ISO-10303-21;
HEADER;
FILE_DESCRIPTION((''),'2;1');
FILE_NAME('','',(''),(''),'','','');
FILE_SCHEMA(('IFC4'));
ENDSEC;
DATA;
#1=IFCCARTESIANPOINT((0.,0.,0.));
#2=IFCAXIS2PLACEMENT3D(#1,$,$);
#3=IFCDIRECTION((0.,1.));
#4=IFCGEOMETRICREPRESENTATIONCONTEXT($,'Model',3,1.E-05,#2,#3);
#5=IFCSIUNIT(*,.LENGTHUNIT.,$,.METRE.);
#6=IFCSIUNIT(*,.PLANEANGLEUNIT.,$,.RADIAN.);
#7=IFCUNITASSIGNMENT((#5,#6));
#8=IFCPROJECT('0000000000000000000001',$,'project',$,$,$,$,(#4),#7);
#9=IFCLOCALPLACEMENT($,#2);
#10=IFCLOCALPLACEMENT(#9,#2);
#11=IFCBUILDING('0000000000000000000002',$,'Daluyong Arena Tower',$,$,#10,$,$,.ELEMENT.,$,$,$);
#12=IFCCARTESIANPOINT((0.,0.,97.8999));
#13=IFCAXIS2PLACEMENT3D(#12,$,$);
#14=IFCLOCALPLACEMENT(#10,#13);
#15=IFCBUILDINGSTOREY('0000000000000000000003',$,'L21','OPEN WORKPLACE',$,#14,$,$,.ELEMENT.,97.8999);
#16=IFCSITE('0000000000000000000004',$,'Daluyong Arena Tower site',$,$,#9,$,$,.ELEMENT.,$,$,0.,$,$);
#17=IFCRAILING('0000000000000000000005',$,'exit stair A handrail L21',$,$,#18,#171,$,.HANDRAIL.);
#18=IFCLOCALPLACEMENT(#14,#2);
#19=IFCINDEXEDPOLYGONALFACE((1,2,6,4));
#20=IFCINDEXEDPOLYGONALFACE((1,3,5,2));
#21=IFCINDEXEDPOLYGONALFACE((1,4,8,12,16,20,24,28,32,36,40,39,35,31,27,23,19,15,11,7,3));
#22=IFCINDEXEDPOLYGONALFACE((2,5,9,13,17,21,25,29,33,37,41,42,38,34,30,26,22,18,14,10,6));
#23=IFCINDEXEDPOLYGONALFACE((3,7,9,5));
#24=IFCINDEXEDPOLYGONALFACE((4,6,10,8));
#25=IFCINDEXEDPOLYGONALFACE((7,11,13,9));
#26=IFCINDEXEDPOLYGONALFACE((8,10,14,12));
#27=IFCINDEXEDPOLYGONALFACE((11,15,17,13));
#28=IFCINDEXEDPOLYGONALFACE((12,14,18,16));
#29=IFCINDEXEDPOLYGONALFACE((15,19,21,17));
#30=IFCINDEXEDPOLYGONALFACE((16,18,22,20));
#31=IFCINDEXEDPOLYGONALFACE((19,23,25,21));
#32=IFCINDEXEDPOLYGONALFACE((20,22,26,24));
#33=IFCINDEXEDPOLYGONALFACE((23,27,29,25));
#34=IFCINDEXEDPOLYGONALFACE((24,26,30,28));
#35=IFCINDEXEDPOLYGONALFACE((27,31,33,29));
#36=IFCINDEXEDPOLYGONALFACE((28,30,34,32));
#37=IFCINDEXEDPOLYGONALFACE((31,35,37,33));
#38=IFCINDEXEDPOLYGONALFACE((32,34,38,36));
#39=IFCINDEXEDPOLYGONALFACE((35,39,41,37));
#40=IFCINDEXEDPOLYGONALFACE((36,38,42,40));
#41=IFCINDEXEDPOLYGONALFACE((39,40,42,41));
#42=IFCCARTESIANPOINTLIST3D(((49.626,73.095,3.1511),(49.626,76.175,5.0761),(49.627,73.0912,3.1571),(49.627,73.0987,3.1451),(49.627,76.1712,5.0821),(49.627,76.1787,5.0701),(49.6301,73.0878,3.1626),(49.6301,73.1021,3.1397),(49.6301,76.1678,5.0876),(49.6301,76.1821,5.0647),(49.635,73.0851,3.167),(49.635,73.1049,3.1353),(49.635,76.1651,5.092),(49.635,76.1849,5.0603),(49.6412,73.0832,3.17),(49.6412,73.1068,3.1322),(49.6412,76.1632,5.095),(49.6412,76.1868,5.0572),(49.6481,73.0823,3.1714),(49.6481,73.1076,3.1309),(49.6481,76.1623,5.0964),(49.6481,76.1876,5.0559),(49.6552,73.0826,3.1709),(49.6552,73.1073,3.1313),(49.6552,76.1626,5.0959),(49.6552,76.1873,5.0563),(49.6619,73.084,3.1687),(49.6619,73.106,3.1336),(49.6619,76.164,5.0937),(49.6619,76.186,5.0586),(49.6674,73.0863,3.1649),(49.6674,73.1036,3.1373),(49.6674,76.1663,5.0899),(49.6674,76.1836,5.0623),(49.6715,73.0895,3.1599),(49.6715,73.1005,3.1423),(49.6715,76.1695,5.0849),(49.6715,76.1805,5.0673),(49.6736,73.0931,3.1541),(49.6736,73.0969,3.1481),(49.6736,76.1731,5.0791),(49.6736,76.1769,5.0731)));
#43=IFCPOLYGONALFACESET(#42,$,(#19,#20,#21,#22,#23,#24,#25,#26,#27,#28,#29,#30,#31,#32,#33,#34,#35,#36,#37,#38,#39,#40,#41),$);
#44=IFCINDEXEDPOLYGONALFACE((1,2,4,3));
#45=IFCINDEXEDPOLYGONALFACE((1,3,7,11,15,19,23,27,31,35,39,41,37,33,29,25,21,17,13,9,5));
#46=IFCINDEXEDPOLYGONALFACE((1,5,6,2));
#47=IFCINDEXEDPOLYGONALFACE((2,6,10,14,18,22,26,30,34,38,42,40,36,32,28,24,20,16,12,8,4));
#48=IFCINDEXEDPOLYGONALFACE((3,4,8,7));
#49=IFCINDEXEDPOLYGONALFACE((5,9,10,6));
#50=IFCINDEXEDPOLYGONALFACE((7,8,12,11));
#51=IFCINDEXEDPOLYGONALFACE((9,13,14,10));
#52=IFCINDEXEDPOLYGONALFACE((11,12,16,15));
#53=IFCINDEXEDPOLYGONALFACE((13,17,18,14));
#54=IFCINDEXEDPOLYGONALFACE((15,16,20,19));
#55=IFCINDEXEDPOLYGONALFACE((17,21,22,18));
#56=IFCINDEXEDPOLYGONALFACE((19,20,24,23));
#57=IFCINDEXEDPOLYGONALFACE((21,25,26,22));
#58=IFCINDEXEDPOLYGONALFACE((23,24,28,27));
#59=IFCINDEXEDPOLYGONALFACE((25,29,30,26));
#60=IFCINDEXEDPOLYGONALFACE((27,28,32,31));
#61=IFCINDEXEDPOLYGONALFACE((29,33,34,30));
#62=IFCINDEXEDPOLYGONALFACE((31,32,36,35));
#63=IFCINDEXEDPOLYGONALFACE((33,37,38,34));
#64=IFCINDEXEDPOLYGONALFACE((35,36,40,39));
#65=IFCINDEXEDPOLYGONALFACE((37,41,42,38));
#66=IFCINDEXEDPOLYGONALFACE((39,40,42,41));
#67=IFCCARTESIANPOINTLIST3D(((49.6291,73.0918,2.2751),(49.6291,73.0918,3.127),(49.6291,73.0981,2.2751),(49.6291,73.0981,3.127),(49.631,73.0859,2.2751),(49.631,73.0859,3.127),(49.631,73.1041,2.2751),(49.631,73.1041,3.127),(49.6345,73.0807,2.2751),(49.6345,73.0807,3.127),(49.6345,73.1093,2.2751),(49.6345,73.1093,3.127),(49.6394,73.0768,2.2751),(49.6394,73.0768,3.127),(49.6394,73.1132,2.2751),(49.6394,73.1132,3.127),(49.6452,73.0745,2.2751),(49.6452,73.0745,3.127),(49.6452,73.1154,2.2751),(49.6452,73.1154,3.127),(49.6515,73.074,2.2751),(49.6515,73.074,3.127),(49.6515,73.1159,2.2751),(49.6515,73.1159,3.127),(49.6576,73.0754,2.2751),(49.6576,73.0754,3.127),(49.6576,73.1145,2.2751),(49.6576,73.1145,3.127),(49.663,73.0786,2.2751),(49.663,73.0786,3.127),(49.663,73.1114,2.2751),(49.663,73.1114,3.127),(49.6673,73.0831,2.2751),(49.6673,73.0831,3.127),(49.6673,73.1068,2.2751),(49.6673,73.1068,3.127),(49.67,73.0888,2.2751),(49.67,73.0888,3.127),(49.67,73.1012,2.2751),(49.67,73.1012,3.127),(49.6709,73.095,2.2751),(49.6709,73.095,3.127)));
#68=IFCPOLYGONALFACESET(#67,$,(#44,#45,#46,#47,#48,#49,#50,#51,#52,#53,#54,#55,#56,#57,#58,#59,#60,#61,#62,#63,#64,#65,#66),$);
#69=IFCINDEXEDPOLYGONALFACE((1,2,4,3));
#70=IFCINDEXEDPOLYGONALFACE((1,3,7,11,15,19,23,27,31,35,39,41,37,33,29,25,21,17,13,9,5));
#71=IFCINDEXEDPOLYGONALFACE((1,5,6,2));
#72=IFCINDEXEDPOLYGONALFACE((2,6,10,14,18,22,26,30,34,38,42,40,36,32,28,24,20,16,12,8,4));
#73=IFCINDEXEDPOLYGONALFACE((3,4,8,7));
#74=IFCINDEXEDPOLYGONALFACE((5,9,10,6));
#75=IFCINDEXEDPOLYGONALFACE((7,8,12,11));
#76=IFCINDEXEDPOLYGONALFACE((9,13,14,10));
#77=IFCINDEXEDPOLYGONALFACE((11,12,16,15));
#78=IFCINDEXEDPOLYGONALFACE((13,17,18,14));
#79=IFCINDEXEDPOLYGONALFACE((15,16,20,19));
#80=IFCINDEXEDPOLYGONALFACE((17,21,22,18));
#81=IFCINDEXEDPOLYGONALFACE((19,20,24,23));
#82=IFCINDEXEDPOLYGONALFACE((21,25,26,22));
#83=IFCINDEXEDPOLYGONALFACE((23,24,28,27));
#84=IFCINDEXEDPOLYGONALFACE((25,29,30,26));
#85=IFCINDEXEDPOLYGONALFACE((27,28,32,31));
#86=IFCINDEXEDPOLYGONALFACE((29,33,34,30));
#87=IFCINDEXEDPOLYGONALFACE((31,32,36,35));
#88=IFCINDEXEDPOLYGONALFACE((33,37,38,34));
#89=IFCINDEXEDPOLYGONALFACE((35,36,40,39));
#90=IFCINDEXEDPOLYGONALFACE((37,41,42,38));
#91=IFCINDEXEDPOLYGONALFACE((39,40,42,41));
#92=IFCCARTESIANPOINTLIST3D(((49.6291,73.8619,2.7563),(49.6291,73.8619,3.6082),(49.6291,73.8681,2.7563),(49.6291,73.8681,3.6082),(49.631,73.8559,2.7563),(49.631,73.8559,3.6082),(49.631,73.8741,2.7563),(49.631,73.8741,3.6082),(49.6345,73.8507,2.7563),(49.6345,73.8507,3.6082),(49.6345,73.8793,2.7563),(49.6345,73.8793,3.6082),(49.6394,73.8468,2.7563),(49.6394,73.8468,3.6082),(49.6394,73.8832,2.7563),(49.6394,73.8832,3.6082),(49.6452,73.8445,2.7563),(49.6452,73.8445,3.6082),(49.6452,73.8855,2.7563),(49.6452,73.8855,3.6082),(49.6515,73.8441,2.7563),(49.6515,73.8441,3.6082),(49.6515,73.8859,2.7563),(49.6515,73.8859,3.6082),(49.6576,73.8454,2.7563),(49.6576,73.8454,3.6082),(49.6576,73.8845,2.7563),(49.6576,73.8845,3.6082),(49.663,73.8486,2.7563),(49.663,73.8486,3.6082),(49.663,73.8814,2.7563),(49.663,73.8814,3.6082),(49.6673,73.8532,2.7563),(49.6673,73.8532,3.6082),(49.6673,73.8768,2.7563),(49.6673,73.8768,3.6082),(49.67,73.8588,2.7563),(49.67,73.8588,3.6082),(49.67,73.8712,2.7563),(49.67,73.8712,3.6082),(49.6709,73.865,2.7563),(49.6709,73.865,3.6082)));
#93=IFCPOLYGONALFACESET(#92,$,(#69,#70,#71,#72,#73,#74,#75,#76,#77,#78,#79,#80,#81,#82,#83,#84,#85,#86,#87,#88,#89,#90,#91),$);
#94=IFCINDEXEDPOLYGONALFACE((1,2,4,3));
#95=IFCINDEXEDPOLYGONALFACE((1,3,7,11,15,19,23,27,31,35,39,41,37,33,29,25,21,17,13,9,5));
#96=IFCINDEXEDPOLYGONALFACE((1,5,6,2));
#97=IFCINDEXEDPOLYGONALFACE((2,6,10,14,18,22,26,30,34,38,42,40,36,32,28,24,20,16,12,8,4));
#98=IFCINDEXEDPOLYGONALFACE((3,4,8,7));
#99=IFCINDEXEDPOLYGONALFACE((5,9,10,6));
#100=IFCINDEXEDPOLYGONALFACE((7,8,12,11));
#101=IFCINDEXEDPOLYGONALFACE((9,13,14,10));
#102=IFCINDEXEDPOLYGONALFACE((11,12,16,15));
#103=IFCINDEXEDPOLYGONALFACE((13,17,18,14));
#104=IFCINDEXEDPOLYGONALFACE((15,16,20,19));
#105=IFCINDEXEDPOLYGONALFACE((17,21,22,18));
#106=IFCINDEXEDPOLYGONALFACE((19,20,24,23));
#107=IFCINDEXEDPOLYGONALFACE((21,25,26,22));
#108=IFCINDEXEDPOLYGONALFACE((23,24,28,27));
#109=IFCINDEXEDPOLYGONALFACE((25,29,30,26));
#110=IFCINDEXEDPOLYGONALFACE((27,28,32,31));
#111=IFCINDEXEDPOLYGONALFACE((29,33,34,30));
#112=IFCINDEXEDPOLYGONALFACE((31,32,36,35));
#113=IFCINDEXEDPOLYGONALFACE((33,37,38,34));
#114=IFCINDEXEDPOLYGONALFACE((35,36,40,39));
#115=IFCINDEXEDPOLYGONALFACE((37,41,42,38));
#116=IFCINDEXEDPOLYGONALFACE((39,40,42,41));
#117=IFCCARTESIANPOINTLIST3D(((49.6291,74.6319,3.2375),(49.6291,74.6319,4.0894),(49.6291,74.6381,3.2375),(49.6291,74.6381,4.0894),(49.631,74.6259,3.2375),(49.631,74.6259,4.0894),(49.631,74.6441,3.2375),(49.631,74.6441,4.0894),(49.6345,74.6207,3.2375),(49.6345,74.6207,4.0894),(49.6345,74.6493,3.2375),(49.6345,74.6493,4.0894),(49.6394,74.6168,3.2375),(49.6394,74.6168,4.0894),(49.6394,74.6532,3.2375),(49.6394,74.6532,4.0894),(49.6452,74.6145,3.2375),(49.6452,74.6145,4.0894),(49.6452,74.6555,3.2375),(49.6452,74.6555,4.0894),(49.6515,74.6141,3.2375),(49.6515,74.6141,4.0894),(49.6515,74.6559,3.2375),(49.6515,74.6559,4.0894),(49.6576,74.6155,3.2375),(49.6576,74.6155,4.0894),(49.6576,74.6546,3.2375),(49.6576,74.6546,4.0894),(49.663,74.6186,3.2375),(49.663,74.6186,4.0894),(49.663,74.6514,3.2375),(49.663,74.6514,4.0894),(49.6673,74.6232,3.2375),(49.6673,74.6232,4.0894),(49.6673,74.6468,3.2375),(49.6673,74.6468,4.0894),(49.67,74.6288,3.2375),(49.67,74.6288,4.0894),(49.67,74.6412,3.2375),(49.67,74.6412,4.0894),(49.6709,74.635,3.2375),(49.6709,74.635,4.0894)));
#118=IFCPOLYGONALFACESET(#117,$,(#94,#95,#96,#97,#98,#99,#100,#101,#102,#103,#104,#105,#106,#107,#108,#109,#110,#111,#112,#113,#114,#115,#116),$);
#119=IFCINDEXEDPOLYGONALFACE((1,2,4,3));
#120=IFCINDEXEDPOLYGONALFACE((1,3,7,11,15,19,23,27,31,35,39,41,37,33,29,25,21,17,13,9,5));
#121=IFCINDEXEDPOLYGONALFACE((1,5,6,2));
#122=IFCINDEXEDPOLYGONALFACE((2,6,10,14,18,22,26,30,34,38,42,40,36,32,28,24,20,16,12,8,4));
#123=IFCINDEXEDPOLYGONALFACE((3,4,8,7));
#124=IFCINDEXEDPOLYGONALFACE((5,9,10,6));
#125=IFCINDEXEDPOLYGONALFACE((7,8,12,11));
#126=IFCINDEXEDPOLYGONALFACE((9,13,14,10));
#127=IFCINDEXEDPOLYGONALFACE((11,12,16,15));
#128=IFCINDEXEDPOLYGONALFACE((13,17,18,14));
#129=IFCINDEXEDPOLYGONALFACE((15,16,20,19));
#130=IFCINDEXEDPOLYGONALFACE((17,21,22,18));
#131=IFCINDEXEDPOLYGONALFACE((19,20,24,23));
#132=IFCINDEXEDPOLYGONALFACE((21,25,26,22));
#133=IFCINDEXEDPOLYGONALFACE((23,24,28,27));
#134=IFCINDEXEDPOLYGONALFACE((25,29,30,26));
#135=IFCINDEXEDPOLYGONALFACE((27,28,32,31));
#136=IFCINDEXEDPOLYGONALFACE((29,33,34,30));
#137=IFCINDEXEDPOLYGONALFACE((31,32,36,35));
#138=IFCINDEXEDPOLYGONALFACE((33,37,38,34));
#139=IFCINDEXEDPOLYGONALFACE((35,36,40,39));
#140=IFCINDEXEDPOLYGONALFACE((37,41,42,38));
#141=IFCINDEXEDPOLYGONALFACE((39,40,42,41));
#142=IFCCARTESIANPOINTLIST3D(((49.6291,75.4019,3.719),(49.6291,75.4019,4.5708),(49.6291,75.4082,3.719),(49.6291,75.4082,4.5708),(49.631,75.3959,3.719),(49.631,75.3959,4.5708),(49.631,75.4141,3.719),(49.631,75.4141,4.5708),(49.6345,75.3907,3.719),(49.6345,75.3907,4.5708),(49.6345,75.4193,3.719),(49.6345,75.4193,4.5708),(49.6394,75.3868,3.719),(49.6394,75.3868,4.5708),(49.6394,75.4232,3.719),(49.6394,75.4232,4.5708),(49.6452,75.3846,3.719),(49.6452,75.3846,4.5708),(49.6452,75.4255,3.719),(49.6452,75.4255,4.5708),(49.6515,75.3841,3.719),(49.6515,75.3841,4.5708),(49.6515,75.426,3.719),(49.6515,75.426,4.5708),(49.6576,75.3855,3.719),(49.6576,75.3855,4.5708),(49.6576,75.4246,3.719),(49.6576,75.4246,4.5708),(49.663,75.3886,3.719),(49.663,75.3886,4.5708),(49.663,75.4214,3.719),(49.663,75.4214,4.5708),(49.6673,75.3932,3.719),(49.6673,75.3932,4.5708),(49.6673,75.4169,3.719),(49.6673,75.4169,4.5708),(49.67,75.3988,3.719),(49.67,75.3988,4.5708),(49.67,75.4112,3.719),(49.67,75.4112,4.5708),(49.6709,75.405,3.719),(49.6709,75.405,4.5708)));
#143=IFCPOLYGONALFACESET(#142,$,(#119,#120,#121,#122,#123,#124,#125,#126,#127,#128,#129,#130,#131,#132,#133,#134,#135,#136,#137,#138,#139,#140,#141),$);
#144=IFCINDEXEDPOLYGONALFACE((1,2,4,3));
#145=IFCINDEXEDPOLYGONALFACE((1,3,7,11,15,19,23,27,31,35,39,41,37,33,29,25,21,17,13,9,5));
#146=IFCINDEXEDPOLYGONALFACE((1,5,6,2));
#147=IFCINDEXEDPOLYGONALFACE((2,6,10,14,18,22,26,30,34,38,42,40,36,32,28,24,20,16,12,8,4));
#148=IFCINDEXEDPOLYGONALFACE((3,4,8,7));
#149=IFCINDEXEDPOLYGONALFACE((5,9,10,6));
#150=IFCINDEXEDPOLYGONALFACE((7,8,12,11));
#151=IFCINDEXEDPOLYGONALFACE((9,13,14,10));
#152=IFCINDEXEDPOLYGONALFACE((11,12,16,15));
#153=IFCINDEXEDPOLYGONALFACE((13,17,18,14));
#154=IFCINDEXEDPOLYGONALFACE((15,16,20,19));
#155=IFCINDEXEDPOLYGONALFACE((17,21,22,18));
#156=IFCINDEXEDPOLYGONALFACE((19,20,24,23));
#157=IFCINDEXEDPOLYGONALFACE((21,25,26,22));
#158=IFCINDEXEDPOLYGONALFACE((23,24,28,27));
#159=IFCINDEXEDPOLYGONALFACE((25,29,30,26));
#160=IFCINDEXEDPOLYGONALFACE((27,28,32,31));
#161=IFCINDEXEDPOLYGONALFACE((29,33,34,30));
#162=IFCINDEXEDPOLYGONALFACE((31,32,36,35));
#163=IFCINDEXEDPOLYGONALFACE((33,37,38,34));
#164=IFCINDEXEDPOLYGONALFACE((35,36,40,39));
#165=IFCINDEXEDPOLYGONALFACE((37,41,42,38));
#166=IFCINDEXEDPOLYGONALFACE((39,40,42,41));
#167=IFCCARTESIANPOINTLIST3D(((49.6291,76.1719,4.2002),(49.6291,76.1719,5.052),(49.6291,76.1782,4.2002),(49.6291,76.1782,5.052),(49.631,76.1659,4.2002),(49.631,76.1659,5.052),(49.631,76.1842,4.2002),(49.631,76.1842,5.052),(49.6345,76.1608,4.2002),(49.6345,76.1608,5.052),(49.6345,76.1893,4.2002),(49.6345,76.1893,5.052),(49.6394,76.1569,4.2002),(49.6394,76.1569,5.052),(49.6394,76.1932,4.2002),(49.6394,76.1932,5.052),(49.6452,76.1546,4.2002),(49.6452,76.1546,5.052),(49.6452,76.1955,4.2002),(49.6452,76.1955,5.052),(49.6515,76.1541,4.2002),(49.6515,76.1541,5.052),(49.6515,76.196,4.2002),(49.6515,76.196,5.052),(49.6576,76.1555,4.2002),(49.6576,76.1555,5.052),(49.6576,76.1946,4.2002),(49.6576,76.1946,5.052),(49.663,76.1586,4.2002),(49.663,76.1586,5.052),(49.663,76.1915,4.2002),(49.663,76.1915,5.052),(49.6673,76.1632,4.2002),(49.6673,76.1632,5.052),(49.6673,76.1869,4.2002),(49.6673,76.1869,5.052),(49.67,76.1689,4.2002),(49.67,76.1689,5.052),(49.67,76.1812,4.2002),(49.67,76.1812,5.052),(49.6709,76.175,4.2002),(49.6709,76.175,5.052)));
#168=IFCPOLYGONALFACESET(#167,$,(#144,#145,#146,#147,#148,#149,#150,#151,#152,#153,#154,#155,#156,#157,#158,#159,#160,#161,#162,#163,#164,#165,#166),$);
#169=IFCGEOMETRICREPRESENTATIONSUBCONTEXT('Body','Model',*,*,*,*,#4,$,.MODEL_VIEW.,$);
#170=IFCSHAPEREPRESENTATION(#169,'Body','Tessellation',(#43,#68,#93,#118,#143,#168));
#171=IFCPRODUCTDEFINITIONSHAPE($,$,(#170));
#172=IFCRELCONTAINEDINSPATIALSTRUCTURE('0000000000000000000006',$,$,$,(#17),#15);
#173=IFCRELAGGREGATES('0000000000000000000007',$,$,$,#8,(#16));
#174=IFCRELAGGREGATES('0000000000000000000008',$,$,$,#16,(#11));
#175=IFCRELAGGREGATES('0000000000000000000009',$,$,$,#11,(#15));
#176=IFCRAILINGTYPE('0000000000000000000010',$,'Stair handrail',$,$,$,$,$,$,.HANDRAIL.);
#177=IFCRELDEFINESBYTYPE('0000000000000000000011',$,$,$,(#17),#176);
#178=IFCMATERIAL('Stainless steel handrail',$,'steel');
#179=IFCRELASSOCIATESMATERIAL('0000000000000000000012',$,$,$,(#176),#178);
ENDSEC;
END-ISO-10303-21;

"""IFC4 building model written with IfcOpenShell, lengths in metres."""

from ifc_helpers import new_model, si_unit, direction, frame, origin, origin_2d, place, context, subcontext, project, spatial, circle, extrude, material, type_object, element, save


model = new_model("IFC4")

# Units and contexts
model_context = context("Model", 3, precision=1e-05, world=origin(), true_north=direction((0.0, 1.0)))
body_context = subcontext(model_context, "Body", "Model", "MODEL_VIEW")
ifc_project = project(units=[si_unit("LENGTHUNIT", "METRE"), si_unit("PLANEANGLEUNIT", "RADIAN")], contexts=[model_context])

# Site, building, storey
site_placement = place(None, origin())
site = spatial("IfcSite", under=ifc_project, at=site_placement, Name="Daluyong Arena Tower site", CompositionType="ELEMENT", RefElevation=0.0)
building_placement = place(site_placement, origin())
building = spatial("IfcBuilding", under=site, at=building_placement, Name="Daluyong Arena Tower", CompositionType="ELEMENT")
storey_placement = place(building_placement, frame((0.0, 0.0, 97.8999)))
storey = spatial("IfcBuildingStorey", under=building, at=storey_placement, Name="L21", Description="OPEN WORKPLACE", CompositionType="ELEMENT", Elevation=97.8999)

# Railing
ifc_material_1 = material(Name="Stainless steel handrail", Category="steel")
railing_type = type_object("IfcRailingType", Name="Stair handrail", PredefinedType="HANDRAIL", material=ifc_material_1)
railing_placement = place(storey_placement, frame((49.6499, 73.095, 2.2751)))
element("IfcRailing", 1, at=railing_placement, inside=storey, type_object=railing_type, Name="exit stair A handrail L21", PredefinedType="HANDRAIL", context=body_context, shape_type="SweptSolid", body=[
    extrude(circle(Radius=0.0239, at=origin_2d()), frame((0.0, 0.0, 0.876), z_axis=(0.0, 0.847998, 0.529999), x_axis=(-1.0, 0.0, 0.0)), (0.0, 0.0, 1.0), 3.6321),
    extrude(circle(Radius=0.021, at=origin_2d()), origin(), (0.0, 0.0, 1.0), 0.8518),
    extrude(circle(Radius=0.021, at=origin_2d()), frame((0.0, 0.77, 0.4812)), (0.0, 0.0, 1.0), 0.8518),
    extrude(circle(Radius=0.021, at=origin_2d()), frame((0.0, 1.54, 0.9624)), (0.0, 0.0, 1.0), 0.8518),
    extrude(circle(Radius=0.021, at=origin_2d()), frame((0.0, 2.3101, 1.4438)), (0.0, 0.0, 1.0), 0.8518),
    extrude(circle(Radius=0.021, at=origin_2d()), frame((0.0, 3.0801, 1.925)), (0.0, 0.0, 1.0), 0.8518),
])

save(model, "model.ifc")
